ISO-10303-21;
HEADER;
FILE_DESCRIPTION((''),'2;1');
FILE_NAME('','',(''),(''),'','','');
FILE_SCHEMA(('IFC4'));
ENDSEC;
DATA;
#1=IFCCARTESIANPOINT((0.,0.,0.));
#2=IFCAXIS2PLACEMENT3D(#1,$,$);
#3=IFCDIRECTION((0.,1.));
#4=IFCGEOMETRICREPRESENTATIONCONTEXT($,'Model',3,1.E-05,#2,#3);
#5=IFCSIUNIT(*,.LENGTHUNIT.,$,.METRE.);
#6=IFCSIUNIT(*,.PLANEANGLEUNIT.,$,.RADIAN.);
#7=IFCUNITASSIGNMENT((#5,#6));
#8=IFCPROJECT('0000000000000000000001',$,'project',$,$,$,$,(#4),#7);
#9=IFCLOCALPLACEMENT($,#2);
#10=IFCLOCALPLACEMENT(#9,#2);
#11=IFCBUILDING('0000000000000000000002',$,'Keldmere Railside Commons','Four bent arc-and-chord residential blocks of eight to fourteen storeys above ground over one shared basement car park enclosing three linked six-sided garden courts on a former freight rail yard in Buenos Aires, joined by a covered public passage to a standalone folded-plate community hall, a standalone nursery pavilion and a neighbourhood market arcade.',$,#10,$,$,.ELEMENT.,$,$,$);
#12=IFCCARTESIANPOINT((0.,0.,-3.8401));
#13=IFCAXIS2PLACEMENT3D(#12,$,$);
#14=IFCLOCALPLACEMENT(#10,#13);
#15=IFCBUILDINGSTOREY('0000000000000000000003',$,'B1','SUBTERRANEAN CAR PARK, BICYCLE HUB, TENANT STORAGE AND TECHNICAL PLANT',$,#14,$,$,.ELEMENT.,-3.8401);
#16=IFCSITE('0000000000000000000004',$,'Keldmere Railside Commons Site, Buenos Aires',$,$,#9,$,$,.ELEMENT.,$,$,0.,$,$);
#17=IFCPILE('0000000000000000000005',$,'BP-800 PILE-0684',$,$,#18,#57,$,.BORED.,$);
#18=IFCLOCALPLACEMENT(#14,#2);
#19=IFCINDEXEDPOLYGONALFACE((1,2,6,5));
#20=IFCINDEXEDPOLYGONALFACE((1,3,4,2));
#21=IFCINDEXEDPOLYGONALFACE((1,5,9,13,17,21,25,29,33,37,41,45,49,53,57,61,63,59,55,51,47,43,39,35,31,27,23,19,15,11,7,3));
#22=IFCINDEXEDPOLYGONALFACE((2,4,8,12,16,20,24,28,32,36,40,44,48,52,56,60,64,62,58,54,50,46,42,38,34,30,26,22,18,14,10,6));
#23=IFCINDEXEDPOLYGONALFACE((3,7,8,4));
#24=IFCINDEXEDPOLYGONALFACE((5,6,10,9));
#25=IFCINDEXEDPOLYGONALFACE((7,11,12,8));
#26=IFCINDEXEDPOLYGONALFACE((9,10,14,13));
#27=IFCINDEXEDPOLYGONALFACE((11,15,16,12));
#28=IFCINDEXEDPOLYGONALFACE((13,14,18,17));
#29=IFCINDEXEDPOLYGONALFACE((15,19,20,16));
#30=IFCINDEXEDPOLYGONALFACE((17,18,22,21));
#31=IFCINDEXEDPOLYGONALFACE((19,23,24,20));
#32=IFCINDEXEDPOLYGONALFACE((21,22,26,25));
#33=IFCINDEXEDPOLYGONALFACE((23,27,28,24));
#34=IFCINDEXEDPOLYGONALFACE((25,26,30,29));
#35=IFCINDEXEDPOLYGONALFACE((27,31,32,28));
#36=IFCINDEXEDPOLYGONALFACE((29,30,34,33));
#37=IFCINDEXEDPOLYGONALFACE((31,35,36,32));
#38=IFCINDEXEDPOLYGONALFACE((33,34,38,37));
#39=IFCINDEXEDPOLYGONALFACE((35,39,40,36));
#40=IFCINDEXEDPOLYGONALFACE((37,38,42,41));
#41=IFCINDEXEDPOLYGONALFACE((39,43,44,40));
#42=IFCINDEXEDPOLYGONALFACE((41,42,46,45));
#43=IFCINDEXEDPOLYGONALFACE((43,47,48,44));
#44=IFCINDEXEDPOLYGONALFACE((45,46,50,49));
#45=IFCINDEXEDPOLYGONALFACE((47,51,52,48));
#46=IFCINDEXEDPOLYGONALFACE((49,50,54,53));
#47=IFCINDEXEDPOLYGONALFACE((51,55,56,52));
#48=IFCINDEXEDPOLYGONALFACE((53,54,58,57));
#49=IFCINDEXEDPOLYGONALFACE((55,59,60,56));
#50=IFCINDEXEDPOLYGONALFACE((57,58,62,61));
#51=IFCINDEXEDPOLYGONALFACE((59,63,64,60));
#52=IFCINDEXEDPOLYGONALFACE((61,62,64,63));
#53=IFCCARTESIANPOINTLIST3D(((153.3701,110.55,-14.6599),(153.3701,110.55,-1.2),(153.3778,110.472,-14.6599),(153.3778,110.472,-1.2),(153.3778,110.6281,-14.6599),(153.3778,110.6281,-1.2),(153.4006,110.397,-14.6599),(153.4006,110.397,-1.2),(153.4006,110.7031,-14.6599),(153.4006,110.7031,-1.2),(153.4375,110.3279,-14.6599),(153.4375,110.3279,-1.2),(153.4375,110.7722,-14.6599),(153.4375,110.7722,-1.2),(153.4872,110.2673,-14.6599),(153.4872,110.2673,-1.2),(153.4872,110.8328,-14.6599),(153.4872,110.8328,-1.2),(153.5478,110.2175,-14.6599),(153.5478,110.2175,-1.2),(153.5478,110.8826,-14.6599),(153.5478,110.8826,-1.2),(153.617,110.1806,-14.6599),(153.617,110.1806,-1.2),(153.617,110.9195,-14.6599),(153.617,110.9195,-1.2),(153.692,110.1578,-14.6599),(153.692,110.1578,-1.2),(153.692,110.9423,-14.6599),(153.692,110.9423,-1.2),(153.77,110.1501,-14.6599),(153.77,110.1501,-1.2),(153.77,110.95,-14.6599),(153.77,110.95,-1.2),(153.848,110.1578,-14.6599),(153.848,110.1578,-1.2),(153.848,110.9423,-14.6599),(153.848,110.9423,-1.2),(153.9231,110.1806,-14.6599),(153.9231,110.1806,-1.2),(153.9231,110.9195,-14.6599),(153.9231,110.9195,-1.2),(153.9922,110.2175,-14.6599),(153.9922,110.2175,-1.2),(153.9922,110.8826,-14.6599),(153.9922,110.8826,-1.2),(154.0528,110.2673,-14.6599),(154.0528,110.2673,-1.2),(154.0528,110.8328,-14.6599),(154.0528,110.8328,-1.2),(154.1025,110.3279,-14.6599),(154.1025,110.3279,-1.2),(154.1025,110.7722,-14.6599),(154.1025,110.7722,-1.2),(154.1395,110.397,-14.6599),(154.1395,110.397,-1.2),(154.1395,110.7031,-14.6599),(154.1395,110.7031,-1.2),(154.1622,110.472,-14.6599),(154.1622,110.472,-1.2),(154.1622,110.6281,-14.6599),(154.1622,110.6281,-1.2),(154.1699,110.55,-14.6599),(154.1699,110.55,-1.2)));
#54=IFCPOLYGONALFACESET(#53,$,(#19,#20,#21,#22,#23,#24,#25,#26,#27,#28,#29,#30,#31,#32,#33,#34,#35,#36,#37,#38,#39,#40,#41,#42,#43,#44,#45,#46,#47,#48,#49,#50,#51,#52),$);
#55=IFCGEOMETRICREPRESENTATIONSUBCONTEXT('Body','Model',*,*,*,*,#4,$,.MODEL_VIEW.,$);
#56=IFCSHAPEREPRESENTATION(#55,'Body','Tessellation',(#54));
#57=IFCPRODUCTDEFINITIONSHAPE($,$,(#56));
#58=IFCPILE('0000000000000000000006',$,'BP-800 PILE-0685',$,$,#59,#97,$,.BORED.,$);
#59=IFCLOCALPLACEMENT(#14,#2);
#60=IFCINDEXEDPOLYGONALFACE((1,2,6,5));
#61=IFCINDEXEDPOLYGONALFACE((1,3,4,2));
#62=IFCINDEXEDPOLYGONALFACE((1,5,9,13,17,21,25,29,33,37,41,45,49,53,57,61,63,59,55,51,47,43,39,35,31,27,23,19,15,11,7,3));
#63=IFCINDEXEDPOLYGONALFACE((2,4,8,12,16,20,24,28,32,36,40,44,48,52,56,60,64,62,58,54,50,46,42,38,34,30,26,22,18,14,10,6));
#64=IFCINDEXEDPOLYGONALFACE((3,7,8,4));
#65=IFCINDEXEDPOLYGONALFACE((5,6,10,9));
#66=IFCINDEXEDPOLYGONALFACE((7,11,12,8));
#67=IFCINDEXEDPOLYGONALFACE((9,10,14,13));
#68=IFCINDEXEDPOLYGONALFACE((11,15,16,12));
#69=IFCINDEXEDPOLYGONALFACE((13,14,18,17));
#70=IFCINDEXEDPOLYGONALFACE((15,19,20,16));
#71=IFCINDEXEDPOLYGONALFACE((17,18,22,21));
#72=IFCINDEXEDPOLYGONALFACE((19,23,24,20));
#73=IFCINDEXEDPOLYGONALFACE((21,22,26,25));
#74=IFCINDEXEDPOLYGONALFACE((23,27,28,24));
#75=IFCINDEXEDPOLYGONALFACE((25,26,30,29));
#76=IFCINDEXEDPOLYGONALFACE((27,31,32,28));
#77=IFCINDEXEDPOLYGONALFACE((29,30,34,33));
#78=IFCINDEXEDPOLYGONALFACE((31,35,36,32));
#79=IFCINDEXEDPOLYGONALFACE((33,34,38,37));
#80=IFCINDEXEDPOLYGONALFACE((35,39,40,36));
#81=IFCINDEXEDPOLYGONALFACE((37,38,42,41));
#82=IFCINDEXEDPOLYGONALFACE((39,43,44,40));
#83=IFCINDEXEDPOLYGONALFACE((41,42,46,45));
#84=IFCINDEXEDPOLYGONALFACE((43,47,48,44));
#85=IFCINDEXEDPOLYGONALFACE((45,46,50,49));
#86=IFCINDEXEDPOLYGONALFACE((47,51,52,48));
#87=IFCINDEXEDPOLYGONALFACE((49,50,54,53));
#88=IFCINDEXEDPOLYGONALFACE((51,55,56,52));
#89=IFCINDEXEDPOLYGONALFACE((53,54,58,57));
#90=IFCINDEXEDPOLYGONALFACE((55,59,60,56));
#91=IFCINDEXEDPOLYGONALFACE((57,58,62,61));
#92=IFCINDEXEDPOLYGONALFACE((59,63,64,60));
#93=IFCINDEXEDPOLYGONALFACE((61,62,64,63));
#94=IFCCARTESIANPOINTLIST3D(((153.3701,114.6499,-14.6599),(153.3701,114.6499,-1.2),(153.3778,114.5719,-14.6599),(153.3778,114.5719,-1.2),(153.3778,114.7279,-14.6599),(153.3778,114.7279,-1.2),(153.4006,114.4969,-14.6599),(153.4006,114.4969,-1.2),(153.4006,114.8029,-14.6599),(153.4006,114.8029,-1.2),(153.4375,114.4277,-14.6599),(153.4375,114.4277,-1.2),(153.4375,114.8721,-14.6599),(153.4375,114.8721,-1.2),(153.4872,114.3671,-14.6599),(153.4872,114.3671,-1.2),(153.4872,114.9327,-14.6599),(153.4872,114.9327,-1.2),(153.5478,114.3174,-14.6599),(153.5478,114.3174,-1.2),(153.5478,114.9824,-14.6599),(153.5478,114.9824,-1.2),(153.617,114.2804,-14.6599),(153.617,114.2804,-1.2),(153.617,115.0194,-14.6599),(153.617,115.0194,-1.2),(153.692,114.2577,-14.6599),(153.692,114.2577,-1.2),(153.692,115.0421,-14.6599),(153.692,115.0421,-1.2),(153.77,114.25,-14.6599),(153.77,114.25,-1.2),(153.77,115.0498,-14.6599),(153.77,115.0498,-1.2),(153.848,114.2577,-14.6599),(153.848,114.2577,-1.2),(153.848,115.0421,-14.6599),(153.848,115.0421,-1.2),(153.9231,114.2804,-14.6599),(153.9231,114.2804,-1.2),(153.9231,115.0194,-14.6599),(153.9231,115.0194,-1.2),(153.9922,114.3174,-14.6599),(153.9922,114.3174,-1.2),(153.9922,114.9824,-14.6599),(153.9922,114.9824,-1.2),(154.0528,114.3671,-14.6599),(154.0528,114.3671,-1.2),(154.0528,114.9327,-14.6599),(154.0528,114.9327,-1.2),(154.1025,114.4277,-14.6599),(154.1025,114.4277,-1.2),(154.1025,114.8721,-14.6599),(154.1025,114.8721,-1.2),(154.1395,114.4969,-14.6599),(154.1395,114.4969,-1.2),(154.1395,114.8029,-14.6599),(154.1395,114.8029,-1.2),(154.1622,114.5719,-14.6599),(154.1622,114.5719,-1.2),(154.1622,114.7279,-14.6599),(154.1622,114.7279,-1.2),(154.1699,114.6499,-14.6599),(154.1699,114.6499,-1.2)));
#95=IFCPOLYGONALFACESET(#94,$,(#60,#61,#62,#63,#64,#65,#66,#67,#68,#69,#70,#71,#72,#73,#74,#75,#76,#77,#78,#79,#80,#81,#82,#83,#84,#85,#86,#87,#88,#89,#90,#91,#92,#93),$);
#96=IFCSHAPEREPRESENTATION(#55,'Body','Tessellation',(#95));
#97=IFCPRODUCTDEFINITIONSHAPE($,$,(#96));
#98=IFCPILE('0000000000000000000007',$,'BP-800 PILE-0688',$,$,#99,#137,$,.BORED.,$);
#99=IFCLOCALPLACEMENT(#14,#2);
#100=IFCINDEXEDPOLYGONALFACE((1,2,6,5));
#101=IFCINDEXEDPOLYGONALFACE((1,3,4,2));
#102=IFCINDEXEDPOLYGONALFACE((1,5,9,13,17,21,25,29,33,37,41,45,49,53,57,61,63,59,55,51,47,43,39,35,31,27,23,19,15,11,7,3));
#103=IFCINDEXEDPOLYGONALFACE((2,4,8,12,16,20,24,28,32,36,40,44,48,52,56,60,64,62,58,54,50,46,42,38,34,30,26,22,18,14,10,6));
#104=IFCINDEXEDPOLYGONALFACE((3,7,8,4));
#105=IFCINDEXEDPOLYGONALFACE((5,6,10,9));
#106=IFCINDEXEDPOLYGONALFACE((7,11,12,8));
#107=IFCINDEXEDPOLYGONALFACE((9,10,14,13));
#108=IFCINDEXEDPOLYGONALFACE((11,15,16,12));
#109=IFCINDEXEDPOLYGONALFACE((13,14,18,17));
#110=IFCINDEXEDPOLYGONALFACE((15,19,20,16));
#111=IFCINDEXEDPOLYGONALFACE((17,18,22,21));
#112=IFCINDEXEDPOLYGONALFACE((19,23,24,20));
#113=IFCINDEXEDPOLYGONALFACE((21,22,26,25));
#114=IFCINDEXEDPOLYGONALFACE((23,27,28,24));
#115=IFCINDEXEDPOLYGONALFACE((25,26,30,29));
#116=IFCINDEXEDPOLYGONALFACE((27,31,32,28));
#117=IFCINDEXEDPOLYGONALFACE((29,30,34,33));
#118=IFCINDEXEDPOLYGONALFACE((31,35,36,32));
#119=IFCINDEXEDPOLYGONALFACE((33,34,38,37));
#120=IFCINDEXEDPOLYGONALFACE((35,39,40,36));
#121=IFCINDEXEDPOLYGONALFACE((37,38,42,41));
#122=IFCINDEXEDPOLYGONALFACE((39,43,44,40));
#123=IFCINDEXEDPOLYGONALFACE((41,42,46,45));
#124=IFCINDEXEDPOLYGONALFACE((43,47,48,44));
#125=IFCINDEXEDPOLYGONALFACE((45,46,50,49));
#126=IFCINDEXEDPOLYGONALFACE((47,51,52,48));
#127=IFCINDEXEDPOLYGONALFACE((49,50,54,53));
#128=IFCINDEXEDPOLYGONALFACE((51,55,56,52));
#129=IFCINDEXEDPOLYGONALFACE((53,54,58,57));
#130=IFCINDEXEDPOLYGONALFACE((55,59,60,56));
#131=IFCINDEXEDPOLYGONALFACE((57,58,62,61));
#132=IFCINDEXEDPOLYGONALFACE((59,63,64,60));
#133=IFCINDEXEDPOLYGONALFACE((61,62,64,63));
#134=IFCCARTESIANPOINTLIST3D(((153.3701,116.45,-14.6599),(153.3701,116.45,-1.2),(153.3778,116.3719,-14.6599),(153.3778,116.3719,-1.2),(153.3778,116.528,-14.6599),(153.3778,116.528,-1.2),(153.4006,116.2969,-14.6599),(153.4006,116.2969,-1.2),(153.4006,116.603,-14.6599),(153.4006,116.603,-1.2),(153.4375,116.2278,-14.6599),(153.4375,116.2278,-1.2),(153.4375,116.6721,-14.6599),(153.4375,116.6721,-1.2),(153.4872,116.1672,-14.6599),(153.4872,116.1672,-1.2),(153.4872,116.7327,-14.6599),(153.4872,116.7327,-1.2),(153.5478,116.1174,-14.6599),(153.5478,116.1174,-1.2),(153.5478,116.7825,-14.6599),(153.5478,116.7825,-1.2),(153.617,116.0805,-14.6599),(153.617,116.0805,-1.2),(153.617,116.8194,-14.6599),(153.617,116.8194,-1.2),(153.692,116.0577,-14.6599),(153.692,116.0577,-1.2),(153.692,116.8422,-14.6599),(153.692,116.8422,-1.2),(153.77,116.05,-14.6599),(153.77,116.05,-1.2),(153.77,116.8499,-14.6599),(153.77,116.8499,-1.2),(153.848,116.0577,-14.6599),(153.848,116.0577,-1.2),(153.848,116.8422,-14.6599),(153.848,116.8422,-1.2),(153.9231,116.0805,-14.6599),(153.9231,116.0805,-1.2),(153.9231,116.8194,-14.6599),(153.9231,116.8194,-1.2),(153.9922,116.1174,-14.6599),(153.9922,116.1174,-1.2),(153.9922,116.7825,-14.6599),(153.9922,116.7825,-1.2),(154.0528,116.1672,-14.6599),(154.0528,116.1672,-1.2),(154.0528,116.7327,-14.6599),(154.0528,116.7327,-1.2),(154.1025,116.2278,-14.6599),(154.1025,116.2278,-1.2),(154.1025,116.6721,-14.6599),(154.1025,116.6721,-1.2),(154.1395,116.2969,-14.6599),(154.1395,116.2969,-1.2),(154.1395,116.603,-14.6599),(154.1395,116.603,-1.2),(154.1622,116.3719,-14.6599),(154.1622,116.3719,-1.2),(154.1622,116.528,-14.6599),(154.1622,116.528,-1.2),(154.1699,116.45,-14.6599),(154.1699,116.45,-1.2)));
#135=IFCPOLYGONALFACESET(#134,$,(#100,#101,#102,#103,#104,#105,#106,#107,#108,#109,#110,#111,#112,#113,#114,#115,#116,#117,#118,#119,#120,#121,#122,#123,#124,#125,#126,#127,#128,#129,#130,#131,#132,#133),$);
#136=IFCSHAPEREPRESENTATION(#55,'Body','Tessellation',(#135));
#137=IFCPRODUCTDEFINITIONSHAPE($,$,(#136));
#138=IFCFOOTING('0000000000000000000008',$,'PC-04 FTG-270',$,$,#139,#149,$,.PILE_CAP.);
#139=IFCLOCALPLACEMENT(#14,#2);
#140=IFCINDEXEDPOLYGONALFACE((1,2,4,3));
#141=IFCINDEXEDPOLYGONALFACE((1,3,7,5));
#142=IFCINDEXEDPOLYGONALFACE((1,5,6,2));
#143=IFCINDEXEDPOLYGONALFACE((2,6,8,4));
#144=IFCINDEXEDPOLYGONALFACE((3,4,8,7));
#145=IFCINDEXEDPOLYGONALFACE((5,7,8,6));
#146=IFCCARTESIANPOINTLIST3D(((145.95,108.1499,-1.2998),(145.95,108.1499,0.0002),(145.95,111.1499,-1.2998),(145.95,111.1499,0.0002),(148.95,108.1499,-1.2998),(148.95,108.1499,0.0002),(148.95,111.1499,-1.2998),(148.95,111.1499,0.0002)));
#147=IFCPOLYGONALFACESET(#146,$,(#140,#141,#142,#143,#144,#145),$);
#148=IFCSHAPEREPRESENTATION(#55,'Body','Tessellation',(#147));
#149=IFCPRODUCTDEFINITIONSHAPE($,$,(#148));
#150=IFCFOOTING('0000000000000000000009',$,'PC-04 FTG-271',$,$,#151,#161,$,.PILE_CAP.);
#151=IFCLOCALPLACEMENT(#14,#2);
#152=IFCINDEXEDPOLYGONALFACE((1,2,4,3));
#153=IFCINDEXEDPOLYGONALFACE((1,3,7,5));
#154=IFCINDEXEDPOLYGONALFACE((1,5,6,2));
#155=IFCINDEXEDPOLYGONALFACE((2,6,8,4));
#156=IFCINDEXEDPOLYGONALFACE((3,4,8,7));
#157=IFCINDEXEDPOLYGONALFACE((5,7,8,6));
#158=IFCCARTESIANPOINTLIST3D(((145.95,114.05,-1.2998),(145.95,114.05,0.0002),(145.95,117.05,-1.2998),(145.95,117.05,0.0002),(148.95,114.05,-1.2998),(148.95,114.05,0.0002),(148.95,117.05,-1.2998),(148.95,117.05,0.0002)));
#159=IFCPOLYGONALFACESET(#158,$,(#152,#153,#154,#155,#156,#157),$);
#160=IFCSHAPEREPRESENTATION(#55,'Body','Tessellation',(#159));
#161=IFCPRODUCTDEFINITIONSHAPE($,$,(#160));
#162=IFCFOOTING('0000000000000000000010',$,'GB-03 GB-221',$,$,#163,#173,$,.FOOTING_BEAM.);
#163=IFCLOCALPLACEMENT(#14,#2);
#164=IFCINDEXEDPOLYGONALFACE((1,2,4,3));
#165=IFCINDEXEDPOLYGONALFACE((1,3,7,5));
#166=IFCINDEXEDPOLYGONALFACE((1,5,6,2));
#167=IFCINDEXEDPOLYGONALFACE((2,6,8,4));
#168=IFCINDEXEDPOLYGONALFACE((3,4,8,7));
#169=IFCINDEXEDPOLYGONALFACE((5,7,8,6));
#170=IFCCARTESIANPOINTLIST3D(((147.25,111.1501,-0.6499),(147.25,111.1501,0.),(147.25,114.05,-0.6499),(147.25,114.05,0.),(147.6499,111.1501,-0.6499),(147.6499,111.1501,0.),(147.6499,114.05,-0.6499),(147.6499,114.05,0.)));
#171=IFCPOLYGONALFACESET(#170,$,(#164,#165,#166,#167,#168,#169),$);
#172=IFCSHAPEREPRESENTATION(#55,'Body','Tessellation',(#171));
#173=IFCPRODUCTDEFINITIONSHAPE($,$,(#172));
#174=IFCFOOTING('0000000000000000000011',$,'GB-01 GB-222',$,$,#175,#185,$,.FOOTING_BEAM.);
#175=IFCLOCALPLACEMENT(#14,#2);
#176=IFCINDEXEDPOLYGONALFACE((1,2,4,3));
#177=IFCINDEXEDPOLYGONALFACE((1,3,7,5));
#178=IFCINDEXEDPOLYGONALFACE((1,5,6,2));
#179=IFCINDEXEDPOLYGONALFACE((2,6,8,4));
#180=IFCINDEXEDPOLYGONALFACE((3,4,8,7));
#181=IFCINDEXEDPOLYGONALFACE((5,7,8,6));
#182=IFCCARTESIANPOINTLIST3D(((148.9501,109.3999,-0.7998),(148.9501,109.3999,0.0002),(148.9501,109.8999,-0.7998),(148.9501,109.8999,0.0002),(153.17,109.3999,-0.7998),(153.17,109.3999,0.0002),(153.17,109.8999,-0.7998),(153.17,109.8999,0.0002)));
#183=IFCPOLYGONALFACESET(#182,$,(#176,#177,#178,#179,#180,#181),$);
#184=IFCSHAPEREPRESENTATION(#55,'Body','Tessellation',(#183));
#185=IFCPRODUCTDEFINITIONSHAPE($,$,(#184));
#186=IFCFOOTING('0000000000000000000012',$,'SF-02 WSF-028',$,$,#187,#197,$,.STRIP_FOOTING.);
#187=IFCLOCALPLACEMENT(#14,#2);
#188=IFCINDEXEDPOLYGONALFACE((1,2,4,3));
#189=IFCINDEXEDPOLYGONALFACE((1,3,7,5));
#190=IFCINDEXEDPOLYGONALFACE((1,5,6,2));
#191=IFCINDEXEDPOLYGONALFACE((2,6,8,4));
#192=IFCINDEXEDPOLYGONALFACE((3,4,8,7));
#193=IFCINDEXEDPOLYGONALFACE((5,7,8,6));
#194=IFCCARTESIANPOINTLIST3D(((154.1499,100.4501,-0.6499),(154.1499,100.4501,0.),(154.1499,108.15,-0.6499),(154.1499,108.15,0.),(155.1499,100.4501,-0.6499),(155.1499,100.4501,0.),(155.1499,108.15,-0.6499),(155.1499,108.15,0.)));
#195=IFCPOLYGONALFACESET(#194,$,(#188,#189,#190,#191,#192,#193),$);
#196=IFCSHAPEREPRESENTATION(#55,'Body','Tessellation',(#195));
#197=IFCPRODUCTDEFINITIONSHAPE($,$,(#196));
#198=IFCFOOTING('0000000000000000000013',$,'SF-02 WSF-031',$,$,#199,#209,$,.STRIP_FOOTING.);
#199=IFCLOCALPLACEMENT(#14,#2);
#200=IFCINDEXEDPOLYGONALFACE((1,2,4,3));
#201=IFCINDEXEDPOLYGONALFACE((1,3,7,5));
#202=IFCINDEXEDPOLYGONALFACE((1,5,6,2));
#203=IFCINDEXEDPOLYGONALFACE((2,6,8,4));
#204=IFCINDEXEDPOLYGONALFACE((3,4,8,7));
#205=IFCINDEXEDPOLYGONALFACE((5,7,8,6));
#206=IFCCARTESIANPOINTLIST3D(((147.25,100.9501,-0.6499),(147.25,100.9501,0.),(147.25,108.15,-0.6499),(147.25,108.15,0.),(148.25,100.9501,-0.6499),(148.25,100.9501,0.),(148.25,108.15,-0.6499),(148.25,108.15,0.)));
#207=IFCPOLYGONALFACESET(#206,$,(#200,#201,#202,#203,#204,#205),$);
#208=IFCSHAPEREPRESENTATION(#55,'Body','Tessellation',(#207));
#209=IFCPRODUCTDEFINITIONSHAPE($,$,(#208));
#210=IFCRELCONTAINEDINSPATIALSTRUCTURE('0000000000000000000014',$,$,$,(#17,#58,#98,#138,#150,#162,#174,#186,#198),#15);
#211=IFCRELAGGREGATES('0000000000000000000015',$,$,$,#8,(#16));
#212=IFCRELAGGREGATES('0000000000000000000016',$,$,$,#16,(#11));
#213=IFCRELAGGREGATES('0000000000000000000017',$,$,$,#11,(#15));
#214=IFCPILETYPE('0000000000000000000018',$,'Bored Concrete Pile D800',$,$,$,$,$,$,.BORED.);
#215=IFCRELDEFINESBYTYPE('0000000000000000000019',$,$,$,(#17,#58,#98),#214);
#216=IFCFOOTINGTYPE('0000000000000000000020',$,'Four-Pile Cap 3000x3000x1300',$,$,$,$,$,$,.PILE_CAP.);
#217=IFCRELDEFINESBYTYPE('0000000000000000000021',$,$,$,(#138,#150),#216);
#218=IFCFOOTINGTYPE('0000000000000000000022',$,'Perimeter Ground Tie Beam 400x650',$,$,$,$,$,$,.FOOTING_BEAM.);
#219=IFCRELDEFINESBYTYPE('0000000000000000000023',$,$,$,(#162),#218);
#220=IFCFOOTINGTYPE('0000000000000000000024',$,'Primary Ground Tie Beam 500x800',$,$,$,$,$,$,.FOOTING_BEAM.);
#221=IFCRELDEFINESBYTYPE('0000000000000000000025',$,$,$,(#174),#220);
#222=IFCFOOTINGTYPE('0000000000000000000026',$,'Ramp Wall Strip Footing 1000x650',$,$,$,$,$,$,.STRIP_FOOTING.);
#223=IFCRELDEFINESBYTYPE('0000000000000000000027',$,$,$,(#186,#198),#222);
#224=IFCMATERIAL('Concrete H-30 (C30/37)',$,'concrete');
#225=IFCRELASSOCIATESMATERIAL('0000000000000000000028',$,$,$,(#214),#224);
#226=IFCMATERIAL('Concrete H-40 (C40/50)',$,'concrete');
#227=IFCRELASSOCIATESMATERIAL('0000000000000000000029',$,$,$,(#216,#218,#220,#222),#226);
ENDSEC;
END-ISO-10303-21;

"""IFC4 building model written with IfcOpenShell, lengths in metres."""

from ifc_helpers import new_model, si_unit, direction, frame, origin, origin_2d, place, context, subcontext, project, spatial, rectangle, circle, extrude, material, material_profile, profile_set, type_object, element, save


model = new_model("IFC4")

# Units and contexts
model_context = context("Model", 3, precision=1e-05, world=origin(), true_north=direction((0.0, 1.0)))
body_context = subcontext(model_context, "Body", "Model", "MODEL_VIEW")
ifc_project = project(units=[si_unit("LENGTHUNIT", "METRE"), si_unit("PLANEANGLEUNIT", "RADIAN")], contexts=[model_context])

# Site, building, storey
site_placement = place(None, origin())
site = spatial("IfcSite", under=ifc_project, at=site_placement, Name="Keldmere Railside Commons Site, Buenos Aires", CompositionType="ELEMENT", RefElevation=0.0)
building_placement = place(site_placement, origin())
building = spatial("IfcBuilding", under=site, at=building_placement, Name="Keldmere Railside Commons", Description="Four bent arc-and-chord residential blocks of eight to fourteen storeys above ground over one shared basement car park enclosing three linked six-sided garden courts on a former freight rail yard in Buenos Aires, joined by a covered public passage to a standalone folded-plate community hall, a standalone nursery pavilion and a neighbourhood market arcade.", CompositionType="ELEMENT")
storey_placement = place(building_placement, frame((0.0, 0.0, -3.8401)))
storey = spatial("IfcBuildingStorey", under=building, at=storey_placement, Name="B1", Description="SUBTERRANEAN CAR PARK, BICYCLE HUB, TENANT STORAGE AND TECHNICAL PLANT", CompositionType="ELEMENT", Elevation=-3.8401)

# Piles
ifc_material_1 = material(Name="Concrete H-30 (C30/37)", Category="concrete")
ifc_material_profile_1 = material_profile(ifc_material_1, circle(Radius=0.3999, at=origin_2d()), Name="PILE-D800")
ifc_profile_set_1 = profile_set([ifc_material_profile_1], Name="Concrete H-30 (C30/37)")
pile_type = type_object("IfcPileType", Name="Bored Concrete Pile D800", PredefinedType="BORED", material=ifc_profile_set_1)
for number, where, z_axis, x_axis, name in (
    (1, (153.77, 110.55, -1.2), (0.0, 0.0, -1.0), (1.0, 0.0, 0.0), "BP-800 PILE-0684"),
    (2, (153.77, 114.6499, -1.2), (0.0, 0.0, -1.0), (1.0, 0.0, 0.0), "BP-800 PILE-0685"),
    (3, (153.77, 116.45, -1.2), (0.0, 0.0, -1.0), (1.0, 0.0, 0.0), "BP-800 PILE-0688"),
):
    element("IfcPile", number, at=place(storey_placement, frame(where, z_axis=z_axis, x_axis=x_axis)), inside=storey, type_object=pile_type, Name=name, PredefinedType="BORED", context=body_context, shape_type="SweptSolid", body=[
        extrude(circle(Radius=0.3999, at=origin_2d()), origin(), (0.0, 0.0, 1.0), 13.46),
    ])

# Footings
ifc_material_2 = material(Name="Concrete H-40 (C40/50)", Category="concrete")
footing_type_1 = type_object("IfcFootingType", Name="Four-Pile Cap 3000x3000x1300", PredefinedType="PILE_CAP", material=ifc_material_2)
for number, where, z_axis, x_axis, name in (
    (4, (147.45, 109.6499, -1.2998), (0.0, 0.0, 1.0), (1.0, 0.0, 0.0), "PC-04 FTG-270"),
    (5, (147.45, 115.55, -1.2998), (0.0, 0.0, 1.0), (1.0, 0.0, 0.0), "PC-04 FTG-271"),
):
    element("IfcFooting", number, at=place(storey_placement, frame(where, z_axis=z_axis, x_axis=x_axis)), inside=storey, type_object=footing_type_1, Name=name, PredefinedType="PILE_CAP", context=body_context, shape_type="SweptSolid", body=[
        extrude(rectangle(XDim=3.0, YDim=3.0, at=origin_2d()), origin(), (0.0, 0.0, 1.0), 1.3),
    ])
footing_type_2 = type_object("IfcFootingType", Name="Perimeter Ground Tie Beam 400x650", PredefinedType="FOOTING_BEAM", material=ifc_material_2)
footing_1_placement = place(storey_placement, frame((147.45, 112.6001, -0.6499), z_axis=(0.0, 0.0, 1.0), x_axis=(0.0, 1.0, 0.0)))
element("IfcFooting", 6, at=footing_1_placement, inside=storey, type_object=footing_type_2, Name="GB-03 GB-221", PredefinedType="FOOTING_BEAM", context=body_context, shape_type="SweptSolid", body=[
    extrude(rectangle(XDim=2.8999, YDim=0.3999, at=origin_2d()), origin(), (0.0, 0.0, 1.0), 0.6499),
])
footing_type_3 = type_object("IfcFootingType", Name="Primary Ground Tie Beam 500x800", PredefinedType="FOOTING_BEAM", material=ifc_material_2)
footing_2_placement = place(storey_placement, frame((151.0601, 109.6499, -0.7998), z_axis=(0.0, 0.0, 1.0), x_axis=(1.0, 0.0, 0.0)))
element("IfcFooting", 7, at=footing_2_placement, inside=storey, type_object=footing_type_3, Name="GB-01 GB-222", PredefinedType="FOOTING_BEAM", context=body_context, shape_type="SweptSolid", body=[
    extrude(rectangle(XDim=4.22, YDim=0.5, at=origin_2d()), origin(), (0.0, 0.0, 1.0), 0.8),
])
footing_type_4 = type_object("IfcFootingType", Name="Ramp Wall Strip Footing 1000x650", PredefinedType="STRIP_FOOTING", material=ifc_material_2)
footing_3_placement = place(storey_placement, frame((154.6499, 104.3, -0.6499), z_axis=(0.0, 0.0, 1.0), x_axis=(0.0, 1.0, 0.0)))
element("IfcFooting", 8, at=footing_3_placement, inside=storey, type_object=footing_type_4, Name="SF-02 WSF-028", PredefinedType="STRIP_FOOTING", context=body_context, shape_type="SweptSolid", body=[
    extrude(rectangle(XDim=7.7, YDim=1.0, at=origin_2d()), origin(), (0.0, 0.0, 1.0), 0.6499),
])
footing_4_placement = place(storey_placement, frame((147.75, 104.55, -0.6499), z_axis=(0.0, 0.0, 1.0), x_axis=(0.0, 1.0, 0.0)))
element("IfcFooting", 9, at=footing_4_placement, inside=storey, type_object=footing_type_4, Name="SF-02 WSF-031", PredefinedType="STRIP_FOOTING", context=body_context, shape_type="SweptSolid", body=[
    extrude(rectangle(XDim=7.2, YDim=1.0, at=origin_2d()), origin(), (0.0, 0.0, 1.0), 0.6499),
])

save(model, "model.ifc")
